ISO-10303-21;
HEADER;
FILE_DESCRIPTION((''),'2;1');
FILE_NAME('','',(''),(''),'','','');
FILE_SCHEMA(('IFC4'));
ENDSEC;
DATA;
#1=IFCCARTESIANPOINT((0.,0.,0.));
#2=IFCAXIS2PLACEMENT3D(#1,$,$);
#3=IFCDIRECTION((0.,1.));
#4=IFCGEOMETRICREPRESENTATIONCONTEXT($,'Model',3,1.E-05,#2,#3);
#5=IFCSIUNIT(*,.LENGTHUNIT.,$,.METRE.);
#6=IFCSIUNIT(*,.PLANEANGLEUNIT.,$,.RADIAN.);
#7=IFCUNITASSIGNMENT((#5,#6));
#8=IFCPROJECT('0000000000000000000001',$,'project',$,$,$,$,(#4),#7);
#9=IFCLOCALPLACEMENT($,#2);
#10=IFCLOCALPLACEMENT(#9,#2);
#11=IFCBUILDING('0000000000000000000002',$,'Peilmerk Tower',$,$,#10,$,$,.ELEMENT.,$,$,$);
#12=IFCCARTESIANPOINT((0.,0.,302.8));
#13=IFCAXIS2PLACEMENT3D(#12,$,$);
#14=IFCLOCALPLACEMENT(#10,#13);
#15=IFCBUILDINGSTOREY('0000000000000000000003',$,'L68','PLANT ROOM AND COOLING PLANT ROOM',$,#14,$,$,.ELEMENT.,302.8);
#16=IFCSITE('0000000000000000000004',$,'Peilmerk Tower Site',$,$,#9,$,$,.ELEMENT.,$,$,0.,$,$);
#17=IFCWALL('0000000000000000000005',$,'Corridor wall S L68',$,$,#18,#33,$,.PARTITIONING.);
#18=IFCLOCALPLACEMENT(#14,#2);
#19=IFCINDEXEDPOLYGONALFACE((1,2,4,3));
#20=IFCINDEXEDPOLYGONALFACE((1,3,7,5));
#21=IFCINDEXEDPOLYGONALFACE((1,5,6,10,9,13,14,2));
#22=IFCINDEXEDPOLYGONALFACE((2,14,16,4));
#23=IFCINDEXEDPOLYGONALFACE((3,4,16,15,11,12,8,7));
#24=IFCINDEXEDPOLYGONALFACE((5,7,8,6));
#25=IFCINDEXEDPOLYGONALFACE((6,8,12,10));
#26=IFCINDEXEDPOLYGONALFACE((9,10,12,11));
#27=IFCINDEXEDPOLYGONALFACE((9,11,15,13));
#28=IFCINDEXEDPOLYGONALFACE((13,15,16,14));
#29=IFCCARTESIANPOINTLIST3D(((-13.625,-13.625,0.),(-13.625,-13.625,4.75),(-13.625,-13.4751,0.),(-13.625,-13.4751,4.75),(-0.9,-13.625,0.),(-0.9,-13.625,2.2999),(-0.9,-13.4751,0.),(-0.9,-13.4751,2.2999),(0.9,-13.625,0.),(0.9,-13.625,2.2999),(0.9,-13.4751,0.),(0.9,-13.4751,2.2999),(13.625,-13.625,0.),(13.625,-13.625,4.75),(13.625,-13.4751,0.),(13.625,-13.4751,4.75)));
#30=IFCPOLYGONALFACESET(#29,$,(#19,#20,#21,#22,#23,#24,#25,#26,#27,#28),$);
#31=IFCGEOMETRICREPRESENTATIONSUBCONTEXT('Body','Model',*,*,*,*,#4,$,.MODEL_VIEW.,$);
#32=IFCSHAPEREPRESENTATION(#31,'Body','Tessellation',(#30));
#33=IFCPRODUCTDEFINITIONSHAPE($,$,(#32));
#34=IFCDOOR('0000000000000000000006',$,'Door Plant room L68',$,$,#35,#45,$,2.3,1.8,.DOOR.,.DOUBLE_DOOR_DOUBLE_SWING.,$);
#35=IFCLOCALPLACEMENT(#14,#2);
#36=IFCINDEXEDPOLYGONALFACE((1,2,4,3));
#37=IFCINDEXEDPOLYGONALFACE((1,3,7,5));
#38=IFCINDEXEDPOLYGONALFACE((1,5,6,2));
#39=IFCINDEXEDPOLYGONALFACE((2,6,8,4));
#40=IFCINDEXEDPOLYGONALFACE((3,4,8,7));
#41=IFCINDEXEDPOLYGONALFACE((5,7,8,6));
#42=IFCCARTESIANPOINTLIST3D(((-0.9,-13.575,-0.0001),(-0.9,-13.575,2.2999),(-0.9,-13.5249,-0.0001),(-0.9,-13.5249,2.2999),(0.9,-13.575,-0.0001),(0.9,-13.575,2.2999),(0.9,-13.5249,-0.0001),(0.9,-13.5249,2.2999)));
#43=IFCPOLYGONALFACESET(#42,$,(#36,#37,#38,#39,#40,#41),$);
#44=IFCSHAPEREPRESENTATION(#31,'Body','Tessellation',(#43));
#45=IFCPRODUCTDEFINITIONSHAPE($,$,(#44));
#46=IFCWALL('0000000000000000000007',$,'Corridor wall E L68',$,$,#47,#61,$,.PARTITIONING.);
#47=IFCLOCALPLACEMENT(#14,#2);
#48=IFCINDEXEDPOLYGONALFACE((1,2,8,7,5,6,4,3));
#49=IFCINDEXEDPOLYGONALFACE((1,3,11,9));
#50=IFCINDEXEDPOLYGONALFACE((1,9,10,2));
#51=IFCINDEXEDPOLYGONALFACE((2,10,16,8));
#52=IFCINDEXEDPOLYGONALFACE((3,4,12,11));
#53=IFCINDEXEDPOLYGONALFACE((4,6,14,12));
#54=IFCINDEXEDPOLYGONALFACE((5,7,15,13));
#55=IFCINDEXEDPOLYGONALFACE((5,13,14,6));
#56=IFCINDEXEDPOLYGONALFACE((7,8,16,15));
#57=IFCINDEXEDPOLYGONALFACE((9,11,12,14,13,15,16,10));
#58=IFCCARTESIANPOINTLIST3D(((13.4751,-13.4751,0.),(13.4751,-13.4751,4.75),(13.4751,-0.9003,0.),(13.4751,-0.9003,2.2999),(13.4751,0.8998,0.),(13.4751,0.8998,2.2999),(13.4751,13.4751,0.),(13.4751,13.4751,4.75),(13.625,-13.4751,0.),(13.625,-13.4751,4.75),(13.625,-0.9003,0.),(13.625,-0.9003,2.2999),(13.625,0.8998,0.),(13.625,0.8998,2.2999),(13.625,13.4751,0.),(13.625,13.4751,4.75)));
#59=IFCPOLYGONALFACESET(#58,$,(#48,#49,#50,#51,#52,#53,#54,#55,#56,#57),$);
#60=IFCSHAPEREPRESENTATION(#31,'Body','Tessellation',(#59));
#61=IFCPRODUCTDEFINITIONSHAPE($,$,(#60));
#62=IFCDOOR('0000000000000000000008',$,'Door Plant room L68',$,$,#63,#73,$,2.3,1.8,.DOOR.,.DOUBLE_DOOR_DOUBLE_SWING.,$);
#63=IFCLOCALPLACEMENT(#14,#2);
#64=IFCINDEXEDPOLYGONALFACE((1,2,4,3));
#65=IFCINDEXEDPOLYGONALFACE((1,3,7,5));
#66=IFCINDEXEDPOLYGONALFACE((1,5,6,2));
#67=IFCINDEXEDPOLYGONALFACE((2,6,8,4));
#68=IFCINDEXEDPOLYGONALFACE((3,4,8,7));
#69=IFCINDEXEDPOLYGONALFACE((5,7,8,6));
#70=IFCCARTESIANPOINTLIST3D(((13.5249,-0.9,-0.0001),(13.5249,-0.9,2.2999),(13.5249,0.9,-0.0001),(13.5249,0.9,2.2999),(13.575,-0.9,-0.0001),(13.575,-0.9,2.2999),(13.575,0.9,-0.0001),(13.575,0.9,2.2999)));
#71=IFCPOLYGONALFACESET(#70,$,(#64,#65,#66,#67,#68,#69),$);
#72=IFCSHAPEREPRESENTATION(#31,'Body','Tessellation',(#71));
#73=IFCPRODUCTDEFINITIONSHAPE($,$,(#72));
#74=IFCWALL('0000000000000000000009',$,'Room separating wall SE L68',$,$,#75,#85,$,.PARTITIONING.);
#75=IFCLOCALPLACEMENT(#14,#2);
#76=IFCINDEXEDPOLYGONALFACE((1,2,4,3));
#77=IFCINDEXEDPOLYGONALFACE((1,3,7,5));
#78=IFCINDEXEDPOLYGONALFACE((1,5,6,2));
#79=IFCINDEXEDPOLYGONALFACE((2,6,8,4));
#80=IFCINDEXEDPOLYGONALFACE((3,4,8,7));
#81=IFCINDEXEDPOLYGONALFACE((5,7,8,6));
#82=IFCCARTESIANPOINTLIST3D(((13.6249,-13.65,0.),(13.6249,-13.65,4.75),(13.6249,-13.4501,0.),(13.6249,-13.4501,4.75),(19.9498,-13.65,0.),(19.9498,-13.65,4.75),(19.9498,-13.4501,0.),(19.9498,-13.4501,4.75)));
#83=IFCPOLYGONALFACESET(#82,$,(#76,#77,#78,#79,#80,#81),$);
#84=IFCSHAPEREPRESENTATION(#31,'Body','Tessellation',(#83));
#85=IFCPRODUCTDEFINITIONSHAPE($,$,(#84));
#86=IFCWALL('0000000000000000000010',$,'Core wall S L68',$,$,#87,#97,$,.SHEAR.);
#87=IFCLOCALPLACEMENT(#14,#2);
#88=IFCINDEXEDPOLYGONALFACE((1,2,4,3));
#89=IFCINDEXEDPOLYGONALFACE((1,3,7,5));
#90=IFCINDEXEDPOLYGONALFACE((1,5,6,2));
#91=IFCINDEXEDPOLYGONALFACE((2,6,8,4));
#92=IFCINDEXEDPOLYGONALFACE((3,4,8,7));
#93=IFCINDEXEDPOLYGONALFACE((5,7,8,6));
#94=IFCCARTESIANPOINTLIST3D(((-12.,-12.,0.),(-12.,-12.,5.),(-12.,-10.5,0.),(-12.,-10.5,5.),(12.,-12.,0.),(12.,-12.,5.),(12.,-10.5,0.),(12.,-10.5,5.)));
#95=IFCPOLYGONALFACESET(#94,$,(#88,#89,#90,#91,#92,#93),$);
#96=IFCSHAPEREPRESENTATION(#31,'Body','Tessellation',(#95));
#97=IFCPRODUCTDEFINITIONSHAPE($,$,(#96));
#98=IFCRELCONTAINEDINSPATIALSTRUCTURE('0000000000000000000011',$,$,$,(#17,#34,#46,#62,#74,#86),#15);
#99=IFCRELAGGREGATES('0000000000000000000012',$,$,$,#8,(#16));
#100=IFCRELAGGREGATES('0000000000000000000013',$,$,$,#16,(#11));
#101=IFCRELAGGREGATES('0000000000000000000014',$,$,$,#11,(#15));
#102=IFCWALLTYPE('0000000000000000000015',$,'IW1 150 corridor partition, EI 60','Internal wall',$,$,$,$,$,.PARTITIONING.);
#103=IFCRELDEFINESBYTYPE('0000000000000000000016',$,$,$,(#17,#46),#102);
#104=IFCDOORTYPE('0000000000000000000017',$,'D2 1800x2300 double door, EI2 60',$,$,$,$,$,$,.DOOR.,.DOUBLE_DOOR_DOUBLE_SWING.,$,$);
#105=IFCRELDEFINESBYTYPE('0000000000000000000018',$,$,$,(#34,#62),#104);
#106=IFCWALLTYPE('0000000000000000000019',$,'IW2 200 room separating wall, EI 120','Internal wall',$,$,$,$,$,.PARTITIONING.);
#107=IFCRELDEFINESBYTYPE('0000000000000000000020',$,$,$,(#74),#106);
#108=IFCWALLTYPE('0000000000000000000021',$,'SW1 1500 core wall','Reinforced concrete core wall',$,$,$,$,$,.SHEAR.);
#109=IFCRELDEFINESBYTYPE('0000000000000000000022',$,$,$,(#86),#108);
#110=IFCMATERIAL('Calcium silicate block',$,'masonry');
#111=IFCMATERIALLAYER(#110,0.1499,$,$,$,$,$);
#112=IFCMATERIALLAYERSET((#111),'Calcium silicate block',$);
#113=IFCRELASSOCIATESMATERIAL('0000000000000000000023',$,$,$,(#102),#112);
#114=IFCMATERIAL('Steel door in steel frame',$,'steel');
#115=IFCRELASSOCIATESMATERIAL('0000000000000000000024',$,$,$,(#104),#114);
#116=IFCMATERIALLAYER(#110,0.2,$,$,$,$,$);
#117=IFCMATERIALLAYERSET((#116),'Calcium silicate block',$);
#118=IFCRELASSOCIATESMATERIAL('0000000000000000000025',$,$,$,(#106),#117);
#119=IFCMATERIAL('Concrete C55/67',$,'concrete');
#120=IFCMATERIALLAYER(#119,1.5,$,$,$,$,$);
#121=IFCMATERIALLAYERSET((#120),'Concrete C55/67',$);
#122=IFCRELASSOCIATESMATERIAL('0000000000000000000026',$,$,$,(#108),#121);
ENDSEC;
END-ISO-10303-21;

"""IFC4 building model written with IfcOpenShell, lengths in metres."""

from ifc_helpers import new_model, si_unit, direction, frame, frame_2d, origin, place, context, subcontext, project, spatial, rectangle, extrude, material, layer, layer_set, type_object, element, fill, save


model = new_model("IFC4")

# Units and contexts
model_context = context("Model", 3, precision=1e-05, world=origin(), true_north=direction((0.0, 1.0)))
body_context = subcontext(model_context, "Body", "Model", "MODEL_VIEW")
ifc_project = project(units=[si_unit("LENGTHUNIT", "METRE"), si_unit("PLANEANGLEUNIT", "RADIAN")], contexts=[model_context])

# Site, building, storey
site_placement = place(None, origin())
site = spatial("IfcSite", under=ifc_project, at=site_placement, Name="Peilmerk Tower Site", CompositionType="ELEMENT", RefElevation=0.0)
building_placement = place(site_placement, origin())
building = spatial("IfcBuilding", under=site, at=building_placement, Name="Peilmerk Tower", CompositionType="ELEMENT")
storey_placement = place(building_placement, frame((0.0, 0.0, 302.8)))
storey = spatial("IfcBuildingStorey", under=building, at=storey_placement, Name="L68", Description="PLANT ROOM AND COOLING PLANT ROOM", CompositionType="ELEMENT", Elevation=302.8)

# Walls, openings, doors
ifc_material_1 = material(Name="Calcium silicate block", Category="masonry")
ifc_layer_1 = layer(ifc_material_1, 0.1499)
ifc_layer_set_1 = layer_set([ifc_layer_1], Name="Calcium silicate block")
wall_type_1 = type_object("IfcWallType", Name="IW1 150 corridor partition, EI 60", Description="Internal wall", PredefinedType="PARTITIONING", material=ifc_layer_set_1)
wall_1_placement = place(storey_placement, frame((13.625, -13.55, 0.0), z_axis=(0.0, 0.0, 1.0), x_axis=(-1.0, 0.0, 0.0)))
wall_1 = element("IfcWall", 1, at=wall_1_placement, inside=storey, type_object=wall_type_1, Name="Corridor wall S L68", PredefinedType="PARTITIONING", context=body_context, shape_type="SweptSolid", body=[
    extrude(rectangle(XDim=27.25, YDim=0.1499, at=frame_2d((13.625, 0.0))), origin(), (0.0, 0.0, 1.0), 4.75),
])
opening_1_placement = place(wall_1_placement, frame((12.7251, 0.0, 0.0)))
opening_1 = element("IfcOpeningElement", 2, at=opening_1_placement, cuts=wall_1, PredefinedType="OPENING", context=body_context, shape_type="SweptSolid", body=[
    extrude(rectangle(XDim=1.8, YDim=2.3, at=frame_2d((0.8999, 1.1499))), frame((0.0, 0.085, 0.0), z_axis=(0.0, -1.0, 0.0), x_axis=(1.0, 0.0, 0.0)), (0.0, 0.0, 1.0), 0.1699),
])
ifc_material_2 = material(Name="Steel door in steel frame", Category="steel")
door_type = type_object("IfcDoorType", Name="D2 1800x2300 double door, EI2 60", OperationType="DOUBLE_DOOR_DOUBLE_SWING", PredefinedType="DOOR", material=ifc_material_2)
door_1_placement = place(opening_1_placement, origin())
door_1 = element("IfcDoor", 3, at=door_1_placement, inside=storey, type_object=door_type, Name="Door Plant room L68", OperationType="DOUBLE_DOOR_DOUBLE_SWING", OverallHeight=2.3, OverallWidth=1.8, PredefinedType="DOOR", context=body_context, shape_type="SweptSolid", body=[
    extrude(rectangle(XDim=1.8, YDim=2.3, at=frame_2d((0.8999, 1.1499))), frame((0.0, 0.0249, 0.0), z_axis=(0.0, -1.0, 0.0), x_axis=(1.0, 0.0, 0.0)), (0.0, 0.0, 1.0), 0.05),
])
fill(opening_1, door_1)
wall_2_placement = place(storey_placement, frame((13.55, -13.4751, 0.0), z_axis=(0.0, 0.0, 1.0), x_axis=(0.0, 1.0, 0.0)))
wall_2 = element("IfcWall", 4, at=wall_2_placement, inside=storey, type_object=wall_type_1, Name="Corridor wall E L68", PredefinedType="PARTITIONING", context=body_context, shape_type="SweptSolid", body=[
    extrude(rectangle(XDim=26.9502, YDim=0.1499, at=frame_2d((13.4751, 0.0))), origin(), (0.0, 0.0, 1.0), 4.75),
])
opening_2_placement = place(wall_2_placement, frame((12.575, 0.0, 0.0)))
opening_2 = element("IfcOpeningElement", 5, at=opening_2_placement, cuts=wall_2, PredefinedType="OPENING", context=body_context, shape_type="SweptSolid", body=[
    extrude(rectangle(XDim=1.8, YDim=2.3, at=frame_2d((0.8999, 1.1499))), frame((0.0, 0.085, 0.0), z_axis=(0.0, -1.0, 0.0), x_axis=(1.0, 0.0, 0.0)), (0.0, 0.0, 1.0), 0.1699),
])
door_2_placement = place(opening_2_placement, frame((1.8, 0.0, 0.0), z_axis=(0.0, 0.0, 1.0), x_axis=(-1.0, 0.0, 0.0)))
door_2 = element("IfcDoor", 6, at=door_2_placement, inside=storey, type_object=door_type, Name="Door Plant room L68", OperationType="DOUBLE_DOOR_DOUBLE_SWING", OverallHeight=2.3, OverallWidth=1.8, PredefinedType="DOOR", context=body_context, shape_type="SweptSolid", body=[
    extrude(rectangle(XDim=1.8, YDim=2.3, at=frame_2d((0.8999, 1.1499))), frame((0.0, 0.0249, 0.0), z_axis=(0.0, -1.0, 0.0), x_axis=(1.0, 0.0, 0.0)), (0.0, 0.0, 1.0), 0.05),
])
fill(opening_2, door_2)

# Walls
ifc_layer_2 = layer(ifc_material_1, 0.2)
ifc_layer_set_2 = layer_set([ifc_layer_2], Name="Calcium silicate block")
wall_type_2 = type_object("IfcWallType", Name="IW2 200 room separating wall, EI 120", Description="Internal wall", PredefinedType="PARTITIONING", material=ifc_layer_set_2)
wall_3_placement = place(storey_placement, frame((19.95, -13.55, 0.0), z_axis=(0.0, 0.0, 1.0), x_axis=(-1.0, 0.0, 0.0)))
element("IfcWall", 7, at=wall_3_placement, inside=storey, type_object=wall_type_2, Name="Room separating wall SE L68", PredefinedType="PARTITIONING", context=body_context, shape_type="SweptSolid", body=[
    extrude(rectangle(XDim=6.325, YDim=0.2, at=frame_2d((3.1626, 0.0))), origin(), (0.0, 0.0, 1.0), 4.75),
])
ifc_material_3 = material(Name="Concrete C55/67", Category="concrete")
ifc_layer_3 = layer(ifc_material_3, 1.5)
ifc_layer_set_3 = layer_set([ifc_layer_3], Name="Concrete C55/67")
wall_type_3 = type_object("IfcWallType", Name="SW1 1500 core wall", Description="Reinforced concrete core wall", PredefinedType="SHEAR", material=ifc_layer_set_3)
wall_4_placement = place(storey_placement, frame((12.0, -11.25, 0.0), z_axis=(0.0, 0.0, 1.0), x_axis=(-1.0, 0.0, 0.0)))
element("IfcWall", 8, at=wall_4_placement, inside=storey, type_object=wall_type_3, Name="Core wall S L68", PredefinedType="SHEAR", context=body_context, shape_type="SweptSolid", body=[
    extrude(rectangle(XDim=24.0, YDim=1.5, at=frame_2d((12.0, 0.0))), origin(), (0.0, 0.0, 1.0), 5.0),
])

save(model, "model.ifc")
